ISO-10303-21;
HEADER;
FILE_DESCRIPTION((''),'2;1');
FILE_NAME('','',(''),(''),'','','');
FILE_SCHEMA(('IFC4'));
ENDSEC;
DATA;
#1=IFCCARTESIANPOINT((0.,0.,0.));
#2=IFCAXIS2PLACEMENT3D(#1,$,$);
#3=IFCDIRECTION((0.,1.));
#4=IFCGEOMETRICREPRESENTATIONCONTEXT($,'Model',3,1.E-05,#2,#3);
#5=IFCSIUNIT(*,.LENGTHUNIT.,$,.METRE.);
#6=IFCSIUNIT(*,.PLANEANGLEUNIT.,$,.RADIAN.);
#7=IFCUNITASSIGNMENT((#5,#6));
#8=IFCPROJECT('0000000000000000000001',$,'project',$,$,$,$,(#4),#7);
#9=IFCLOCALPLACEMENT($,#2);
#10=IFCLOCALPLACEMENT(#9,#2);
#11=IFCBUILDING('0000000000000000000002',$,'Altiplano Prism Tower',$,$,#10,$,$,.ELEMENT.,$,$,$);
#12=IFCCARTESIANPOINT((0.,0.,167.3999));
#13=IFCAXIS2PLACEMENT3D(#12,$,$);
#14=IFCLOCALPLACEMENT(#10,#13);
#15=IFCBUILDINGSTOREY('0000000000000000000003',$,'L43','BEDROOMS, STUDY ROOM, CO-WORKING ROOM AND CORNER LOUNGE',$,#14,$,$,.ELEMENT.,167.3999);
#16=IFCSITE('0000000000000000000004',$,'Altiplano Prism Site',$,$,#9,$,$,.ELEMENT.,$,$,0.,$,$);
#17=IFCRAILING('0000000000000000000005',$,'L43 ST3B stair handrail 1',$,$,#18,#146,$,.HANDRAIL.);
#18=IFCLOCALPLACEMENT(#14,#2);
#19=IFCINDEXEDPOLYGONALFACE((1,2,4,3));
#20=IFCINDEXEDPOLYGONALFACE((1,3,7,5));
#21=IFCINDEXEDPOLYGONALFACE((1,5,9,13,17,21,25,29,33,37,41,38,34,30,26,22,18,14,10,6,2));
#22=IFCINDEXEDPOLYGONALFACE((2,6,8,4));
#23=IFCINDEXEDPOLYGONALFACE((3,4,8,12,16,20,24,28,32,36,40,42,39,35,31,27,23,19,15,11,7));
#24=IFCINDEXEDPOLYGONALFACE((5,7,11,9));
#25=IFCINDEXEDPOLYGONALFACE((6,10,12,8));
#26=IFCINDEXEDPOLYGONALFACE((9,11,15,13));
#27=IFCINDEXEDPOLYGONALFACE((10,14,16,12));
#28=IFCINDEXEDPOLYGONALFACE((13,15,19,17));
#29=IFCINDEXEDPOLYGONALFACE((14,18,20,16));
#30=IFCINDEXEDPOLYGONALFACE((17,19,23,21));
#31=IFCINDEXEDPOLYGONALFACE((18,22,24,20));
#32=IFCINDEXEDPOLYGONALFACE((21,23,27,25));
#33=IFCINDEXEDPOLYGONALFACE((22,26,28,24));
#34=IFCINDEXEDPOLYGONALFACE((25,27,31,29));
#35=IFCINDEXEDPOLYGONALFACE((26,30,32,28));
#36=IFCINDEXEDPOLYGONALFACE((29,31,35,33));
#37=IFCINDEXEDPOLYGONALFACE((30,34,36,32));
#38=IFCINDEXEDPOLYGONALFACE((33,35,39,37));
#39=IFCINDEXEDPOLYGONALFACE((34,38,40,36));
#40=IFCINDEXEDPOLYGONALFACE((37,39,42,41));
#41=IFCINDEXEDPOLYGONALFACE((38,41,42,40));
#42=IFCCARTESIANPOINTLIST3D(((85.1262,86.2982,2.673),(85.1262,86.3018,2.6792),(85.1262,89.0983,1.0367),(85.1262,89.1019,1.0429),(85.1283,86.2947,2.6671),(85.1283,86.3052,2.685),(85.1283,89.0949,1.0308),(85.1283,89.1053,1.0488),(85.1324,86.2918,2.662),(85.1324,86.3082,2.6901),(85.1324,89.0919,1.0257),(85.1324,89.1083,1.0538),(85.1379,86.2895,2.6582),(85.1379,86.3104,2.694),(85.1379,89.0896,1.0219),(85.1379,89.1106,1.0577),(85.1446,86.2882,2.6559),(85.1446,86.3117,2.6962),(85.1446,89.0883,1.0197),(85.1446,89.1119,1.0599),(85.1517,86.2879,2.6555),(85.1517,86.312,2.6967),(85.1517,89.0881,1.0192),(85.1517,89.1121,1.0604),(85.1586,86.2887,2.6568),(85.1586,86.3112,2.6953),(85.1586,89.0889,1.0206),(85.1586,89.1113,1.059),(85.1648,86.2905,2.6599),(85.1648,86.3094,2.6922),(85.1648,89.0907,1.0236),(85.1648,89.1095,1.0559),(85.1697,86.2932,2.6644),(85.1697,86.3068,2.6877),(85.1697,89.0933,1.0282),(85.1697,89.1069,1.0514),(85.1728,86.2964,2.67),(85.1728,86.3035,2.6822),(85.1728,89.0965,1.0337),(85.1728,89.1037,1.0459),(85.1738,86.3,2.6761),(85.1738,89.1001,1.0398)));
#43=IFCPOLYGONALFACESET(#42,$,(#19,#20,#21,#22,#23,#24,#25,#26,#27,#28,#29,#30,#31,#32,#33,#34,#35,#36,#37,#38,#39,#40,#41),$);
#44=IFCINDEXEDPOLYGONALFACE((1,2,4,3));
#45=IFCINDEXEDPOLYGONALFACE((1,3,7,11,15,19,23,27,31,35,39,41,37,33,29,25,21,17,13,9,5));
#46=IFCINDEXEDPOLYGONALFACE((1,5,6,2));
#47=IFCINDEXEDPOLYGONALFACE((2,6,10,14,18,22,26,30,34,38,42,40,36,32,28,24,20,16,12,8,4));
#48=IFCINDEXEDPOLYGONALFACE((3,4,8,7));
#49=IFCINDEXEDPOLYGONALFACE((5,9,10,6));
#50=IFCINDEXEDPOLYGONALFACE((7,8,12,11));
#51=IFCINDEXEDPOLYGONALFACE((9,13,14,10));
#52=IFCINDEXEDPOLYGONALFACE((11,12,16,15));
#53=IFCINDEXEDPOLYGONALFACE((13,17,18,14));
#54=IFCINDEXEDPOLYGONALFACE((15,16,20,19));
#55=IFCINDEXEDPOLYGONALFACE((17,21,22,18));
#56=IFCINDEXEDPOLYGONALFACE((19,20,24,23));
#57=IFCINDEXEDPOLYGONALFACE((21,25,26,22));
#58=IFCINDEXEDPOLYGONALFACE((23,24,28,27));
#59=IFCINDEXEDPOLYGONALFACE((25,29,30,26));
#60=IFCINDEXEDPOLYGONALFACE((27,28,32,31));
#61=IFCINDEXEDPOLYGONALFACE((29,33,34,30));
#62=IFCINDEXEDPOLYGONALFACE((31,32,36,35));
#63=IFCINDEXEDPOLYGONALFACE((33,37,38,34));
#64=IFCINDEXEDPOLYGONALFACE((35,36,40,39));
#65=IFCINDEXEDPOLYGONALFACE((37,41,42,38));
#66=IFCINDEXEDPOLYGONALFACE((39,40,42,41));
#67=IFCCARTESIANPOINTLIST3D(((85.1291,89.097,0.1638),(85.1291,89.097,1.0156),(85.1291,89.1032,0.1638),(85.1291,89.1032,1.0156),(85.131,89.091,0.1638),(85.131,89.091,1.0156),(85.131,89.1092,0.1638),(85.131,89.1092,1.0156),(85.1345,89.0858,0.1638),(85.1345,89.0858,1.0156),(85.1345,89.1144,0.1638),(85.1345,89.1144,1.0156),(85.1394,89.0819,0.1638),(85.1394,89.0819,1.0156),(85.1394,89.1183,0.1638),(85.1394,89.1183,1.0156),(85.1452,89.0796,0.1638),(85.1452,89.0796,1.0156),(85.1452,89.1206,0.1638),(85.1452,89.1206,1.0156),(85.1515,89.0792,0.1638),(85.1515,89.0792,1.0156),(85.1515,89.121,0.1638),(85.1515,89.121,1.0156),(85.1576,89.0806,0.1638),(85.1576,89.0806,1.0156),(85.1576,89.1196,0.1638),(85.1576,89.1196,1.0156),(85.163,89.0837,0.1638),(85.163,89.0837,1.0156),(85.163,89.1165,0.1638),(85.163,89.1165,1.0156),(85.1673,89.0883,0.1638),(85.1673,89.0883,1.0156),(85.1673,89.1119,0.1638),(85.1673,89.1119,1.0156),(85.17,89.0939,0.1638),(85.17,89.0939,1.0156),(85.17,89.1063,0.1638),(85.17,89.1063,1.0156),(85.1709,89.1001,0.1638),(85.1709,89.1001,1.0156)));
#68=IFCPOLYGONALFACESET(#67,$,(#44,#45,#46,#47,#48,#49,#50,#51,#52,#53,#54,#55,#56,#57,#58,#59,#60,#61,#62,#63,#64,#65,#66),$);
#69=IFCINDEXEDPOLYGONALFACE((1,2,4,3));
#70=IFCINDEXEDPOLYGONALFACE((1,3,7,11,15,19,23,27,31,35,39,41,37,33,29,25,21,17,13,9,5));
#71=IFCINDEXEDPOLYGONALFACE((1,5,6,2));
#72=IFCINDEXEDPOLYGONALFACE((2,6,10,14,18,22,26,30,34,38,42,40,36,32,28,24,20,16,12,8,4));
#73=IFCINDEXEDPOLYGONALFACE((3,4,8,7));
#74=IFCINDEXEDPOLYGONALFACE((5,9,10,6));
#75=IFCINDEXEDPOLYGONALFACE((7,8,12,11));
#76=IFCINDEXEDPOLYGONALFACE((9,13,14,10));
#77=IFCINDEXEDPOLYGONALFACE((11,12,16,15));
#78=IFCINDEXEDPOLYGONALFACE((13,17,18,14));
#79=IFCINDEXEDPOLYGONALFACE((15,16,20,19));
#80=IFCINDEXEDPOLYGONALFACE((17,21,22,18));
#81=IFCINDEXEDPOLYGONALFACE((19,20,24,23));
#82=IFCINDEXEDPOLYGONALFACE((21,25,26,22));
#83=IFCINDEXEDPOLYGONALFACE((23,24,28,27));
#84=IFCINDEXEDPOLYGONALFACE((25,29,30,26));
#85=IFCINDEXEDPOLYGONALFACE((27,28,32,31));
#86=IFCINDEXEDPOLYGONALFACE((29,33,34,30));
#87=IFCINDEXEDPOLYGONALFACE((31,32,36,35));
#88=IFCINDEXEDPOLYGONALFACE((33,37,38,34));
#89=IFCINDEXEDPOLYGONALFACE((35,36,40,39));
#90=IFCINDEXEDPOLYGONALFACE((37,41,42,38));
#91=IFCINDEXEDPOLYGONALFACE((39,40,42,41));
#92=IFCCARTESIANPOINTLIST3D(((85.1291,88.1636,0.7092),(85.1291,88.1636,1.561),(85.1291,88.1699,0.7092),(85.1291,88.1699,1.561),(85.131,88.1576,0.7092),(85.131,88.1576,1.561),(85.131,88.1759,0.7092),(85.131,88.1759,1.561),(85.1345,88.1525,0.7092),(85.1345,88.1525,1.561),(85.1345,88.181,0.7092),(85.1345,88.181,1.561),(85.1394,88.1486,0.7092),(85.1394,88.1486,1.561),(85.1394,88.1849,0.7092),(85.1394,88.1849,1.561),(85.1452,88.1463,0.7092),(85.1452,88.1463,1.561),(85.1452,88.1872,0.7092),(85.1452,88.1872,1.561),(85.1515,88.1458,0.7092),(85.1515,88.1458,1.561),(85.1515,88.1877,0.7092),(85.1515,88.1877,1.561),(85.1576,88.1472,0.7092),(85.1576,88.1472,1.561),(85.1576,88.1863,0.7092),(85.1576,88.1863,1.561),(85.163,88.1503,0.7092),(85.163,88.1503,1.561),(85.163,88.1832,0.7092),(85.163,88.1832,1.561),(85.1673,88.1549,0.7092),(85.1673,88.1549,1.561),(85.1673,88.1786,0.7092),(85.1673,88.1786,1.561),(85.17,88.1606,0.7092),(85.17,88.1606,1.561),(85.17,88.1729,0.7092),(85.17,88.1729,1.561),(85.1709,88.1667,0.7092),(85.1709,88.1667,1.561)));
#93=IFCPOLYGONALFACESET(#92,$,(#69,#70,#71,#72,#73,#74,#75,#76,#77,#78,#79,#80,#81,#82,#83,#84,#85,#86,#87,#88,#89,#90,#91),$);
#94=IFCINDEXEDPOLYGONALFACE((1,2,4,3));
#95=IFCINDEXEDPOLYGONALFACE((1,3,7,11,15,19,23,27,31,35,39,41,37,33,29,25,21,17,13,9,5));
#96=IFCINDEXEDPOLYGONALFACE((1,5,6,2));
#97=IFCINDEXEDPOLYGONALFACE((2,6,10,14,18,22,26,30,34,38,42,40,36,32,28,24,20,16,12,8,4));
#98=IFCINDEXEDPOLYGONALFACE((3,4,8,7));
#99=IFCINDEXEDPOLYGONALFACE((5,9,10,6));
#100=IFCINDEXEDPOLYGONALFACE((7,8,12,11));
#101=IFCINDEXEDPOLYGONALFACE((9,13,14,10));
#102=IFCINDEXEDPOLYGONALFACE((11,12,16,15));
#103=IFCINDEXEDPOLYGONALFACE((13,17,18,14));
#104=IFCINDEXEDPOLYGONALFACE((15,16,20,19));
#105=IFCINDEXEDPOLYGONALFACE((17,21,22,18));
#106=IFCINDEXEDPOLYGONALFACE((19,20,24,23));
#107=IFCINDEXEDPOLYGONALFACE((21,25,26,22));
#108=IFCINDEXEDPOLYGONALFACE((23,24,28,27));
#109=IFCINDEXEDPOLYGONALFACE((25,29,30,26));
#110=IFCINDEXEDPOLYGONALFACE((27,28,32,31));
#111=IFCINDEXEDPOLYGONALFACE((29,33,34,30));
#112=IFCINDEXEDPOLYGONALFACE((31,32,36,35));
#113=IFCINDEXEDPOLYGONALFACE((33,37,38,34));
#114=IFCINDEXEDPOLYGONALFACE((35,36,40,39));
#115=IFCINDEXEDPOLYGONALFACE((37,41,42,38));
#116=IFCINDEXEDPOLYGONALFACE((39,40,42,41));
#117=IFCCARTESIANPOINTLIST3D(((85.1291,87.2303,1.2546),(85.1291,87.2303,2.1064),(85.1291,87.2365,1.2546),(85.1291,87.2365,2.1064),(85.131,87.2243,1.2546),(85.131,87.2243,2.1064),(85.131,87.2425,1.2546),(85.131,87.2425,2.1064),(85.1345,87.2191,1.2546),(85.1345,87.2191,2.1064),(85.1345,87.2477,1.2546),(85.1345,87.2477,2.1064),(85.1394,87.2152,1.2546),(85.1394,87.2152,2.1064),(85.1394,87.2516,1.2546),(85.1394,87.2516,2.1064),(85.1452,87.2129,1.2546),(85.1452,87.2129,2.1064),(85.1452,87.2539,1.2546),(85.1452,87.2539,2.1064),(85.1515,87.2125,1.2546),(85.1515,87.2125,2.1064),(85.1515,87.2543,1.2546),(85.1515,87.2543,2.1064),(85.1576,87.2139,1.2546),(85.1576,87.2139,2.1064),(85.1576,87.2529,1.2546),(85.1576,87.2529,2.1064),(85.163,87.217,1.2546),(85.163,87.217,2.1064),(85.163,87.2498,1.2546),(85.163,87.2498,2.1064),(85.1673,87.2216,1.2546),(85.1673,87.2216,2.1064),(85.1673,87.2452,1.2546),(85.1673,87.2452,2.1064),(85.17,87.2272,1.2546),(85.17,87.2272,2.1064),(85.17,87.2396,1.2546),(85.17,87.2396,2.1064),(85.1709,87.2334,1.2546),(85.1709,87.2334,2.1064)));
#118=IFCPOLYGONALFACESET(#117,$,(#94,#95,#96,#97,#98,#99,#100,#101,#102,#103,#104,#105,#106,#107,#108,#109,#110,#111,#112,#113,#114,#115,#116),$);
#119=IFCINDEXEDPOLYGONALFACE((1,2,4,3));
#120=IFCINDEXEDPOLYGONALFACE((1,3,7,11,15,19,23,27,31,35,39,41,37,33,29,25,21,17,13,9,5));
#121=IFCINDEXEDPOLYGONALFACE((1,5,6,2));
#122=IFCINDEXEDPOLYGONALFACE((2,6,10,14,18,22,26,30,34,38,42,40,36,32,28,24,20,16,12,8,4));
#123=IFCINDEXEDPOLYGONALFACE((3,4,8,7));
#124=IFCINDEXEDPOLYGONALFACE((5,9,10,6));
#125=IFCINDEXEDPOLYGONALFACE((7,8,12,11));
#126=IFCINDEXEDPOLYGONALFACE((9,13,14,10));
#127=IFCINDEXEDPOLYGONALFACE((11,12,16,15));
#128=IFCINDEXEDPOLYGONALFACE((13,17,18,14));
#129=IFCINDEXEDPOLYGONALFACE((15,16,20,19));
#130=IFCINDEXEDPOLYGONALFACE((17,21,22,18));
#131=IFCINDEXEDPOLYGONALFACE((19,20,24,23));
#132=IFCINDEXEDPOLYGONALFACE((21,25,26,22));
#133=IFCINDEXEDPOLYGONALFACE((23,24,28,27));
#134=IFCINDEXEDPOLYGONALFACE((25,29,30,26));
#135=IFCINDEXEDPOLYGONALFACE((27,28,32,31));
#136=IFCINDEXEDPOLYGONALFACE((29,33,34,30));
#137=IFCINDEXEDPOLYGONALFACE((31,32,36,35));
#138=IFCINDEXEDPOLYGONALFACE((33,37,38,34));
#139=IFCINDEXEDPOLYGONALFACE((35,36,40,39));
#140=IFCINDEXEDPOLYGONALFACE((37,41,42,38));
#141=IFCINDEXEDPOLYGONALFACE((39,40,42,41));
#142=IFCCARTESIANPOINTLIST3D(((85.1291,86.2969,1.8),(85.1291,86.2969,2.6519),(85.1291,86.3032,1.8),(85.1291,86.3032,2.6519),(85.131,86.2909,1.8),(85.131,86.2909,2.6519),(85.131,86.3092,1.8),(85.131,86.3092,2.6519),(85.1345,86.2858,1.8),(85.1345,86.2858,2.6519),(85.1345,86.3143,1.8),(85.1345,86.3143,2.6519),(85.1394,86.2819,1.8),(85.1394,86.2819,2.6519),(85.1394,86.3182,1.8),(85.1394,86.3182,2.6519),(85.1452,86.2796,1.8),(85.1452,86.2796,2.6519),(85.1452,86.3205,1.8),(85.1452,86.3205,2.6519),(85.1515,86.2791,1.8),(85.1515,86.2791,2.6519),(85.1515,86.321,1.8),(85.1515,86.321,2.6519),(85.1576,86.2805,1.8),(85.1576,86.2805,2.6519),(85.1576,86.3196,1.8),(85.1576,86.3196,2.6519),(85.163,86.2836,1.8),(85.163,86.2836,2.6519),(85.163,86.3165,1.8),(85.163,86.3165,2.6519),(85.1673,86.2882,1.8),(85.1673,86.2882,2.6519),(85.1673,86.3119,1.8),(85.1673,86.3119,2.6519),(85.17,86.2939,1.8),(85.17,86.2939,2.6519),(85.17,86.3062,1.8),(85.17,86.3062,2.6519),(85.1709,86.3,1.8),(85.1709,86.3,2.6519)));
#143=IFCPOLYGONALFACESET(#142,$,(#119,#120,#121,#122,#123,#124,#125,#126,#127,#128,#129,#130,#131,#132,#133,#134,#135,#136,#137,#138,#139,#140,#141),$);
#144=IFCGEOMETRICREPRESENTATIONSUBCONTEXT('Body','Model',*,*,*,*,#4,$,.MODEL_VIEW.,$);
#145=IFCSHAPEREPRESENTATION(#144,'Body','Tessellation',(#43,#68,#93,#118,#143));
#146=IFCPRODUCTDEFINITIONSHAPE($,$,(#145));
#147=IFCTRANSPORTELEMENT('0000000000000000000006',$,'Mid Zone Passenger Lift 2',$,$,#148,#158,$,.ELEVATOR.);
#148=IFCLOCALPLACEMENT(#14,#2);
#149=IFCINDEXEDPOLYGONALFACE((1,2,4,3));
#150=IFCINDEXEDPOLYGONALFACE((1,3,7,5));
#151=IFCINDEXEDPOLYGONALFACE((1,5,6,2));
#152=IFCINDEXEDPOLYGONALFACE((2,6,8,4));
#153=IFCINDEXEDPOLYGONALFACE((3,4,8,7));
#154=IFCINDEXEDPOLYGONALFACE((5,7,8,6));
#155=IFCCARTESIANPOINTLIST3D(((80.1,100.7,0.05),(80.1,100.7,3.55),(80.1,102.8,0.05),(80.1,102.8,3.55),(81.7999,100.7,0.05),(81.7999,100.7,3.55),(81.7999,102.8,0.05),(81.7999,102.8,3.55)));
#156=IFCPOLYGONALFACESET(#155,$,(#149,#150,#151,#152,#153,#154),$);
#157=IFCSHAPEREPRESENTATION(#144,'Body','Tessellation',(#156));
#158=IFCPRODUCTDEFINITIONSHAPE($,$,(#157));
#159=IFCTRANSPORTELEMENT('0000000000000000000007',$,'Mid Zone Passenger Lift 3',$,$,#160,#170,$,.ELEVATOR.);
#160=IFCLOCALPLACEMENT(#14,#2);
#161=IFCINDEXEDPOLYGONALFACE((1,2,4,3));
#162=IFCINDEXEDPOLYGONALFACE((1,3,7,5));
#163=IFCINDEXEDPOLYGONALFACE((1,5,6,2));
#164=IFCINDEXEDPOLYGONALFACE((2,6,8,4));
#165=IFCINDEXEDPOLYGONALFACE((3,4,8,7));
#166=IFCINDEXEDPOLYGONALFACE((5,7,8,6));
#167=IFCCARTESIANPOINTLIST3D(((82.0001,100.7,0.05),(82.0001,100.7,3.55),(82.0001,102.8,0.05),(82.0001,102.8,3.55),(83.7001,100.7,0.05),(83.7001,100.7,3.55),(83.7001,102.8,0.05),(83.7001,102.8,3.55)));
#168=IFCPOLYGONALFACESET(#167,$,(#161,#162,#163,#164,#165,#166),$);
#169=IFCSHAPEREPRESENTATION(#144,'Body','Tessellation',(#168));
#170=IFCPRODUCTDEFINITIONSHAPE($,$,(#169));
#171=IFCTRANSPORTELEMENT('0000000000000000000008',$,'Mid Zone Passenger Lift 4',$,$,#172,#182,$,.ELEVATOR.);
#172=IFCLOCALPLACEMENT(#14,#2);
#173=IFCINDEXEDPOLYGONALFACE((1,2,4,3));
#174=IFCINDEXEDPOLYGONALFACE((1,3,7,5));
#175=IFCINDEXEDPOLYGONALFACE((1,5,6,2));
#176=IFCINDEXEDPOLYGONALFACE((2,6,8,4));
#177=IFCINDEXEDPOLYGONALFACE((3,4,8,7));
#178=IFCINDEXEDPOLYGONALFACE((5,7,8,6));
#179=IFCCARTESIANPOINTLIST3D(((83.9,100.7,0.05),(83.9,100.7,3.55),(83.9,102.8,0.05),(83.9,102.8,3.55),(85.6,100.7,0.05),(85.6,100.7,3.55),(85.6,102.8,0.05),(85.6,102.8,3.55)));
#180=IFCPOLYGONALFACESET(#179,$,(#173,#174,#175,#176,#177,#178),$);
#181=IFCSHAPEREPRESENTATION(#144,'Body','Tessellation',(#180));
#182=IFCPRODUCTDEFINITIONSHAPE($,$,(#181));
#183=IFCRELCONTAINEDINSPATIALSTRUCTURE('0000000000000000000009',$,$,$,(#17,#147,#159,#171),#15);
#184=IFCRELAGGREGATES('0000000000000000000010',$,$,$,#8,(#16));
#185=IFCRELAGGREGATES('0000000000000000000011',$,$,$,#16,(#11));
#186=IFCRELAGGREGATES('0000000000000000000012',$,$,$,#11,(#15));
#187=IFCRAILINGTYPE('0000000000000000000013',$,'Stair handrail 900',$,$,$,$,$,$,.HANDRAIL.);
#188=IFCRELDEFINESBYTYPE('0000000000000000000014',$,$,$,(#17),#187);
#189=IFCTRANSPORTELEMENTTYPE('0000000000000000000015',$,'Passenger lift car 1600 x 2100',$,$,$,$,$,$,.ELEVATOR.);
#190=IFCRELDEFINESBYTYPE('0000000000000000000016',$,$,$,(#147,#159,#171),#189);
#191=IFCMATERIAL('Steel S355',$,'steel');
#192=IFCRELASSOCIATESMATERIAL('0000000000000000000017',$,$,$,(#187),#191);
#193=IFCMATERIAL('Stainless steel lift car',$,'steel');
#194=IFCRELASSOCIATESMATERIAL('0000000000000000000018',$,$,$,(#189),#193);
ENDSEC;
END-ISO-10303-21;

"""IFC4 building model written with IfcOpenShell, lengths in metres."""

from ifc_helpers import new_model, si_unit, direction, frame, origin, origin_2d, place, context, subcontext, project, spatial, rectangle, circle, extrude, material, type_object, element, save


model = new_model("IFC4")

# Units and contexts
model_context = context("Model", 3, precision=1e-05, world=origin(), true_north=direction((0.0, 1.0)))
body_context = subcontext(model_context, "Body", "Model", "MODEL_VIEW")
ifc_project = project(units=[si_unit("LENGTHUNIT", "METRE"), si_unit("PLANEANGLEUNIT", "RADIAN")], contexts=[model_context])

# Site, building, storey
site_placement = place(None, origin())
site = spatial("IfcSite", under=ifc_project, at=site_placement, Name="Altiplano Prism Site", CompositionType="ELEMENT", RefElevation=0.0)
building_placement = place(site_placement, origin())
building = spatial("IfcBuilding", under=site, at=building_placement, Name="Altiplano Prism Tower", CompositionType="ELEMENT")
storey_placement = place(building_placement, frame((0.0, 0.0, 167.3999)))
storey = spatial("IfcBuildingStorey", under=building, at=storey_placement, Name="L43", Description="BEDROOMS, STUDY ROOM, CO-WORKING ROOM AND CORNER LOUNGE", CompositionType="ELEMENT", Elevation=167.3999)

# Railing
ifc_material_1 = material(Name="Steel S355", Category="steel")
railing_type_1 = type_object("IfcRailingType", Name="Stair handrail 900", PredefinedType="HANDRAIL", material=ifc_material_1)
for number, where, name in (
    (1, (85.1499, 89.1001, 0.1638), "L43 ST3B stair handrail 1"),
):
    element("IfcRailing", number, at=place(storey_placement, frame(where)), inside=storey, type_object=railing_type_1, Name=name, PredefinedType="HANDRAIL", context=body_context, shape_type="SweptSolid", body=[
        extrude(circle(Radius=0.0239, at=origin_2d()), frame((0.0, 0.0, 0.876), z_axis=(0.0, -0.863394, 0.504531), x_axis=(1.0, 0.0, 0.0)), (0.0, 0.0, 1.0), 3.2432),
        extrude(circle(Radius=0.021, at=origin_2d()), origin(), (0.0, 0.0, 1.0), 0.8518),
        extrude(circle(Radius=0.021, at=origin_2d()), frame((0.0, -0.9333, 0.5454)), (0.0, 0.0, 1.0), 0.8518),
        extrude(circle(Radius=0.021, at=origin_2d()), frame((0.0, -1.8667, 1.0908)), (0.0, 0.0, 1.0), 0.8518),
        extrude(circle(Radius=0.021, at=origin_2d()), frame((0.0, -2.8, 1.6362)), (0.0, 0.0, 1.0), 0.8518),
    ])

# Transport elements
ifc_material_2 = material(Name="Stainless steel lift car", Category="steel")
transport_element_type = type_object("IfcTransportElementType", Name="Passenger lift car 1600 x 2100", PredefinedType="ELEVATOR", material=ifc_material_2)
for number, where, z_axis, x_axis, name in (
    (2, (80.95, 101.75, 0.05), (0.0, 0.0, 1.0), (1.0, 0.0, 0.0), "Mid Zone Passenger Lift 2"),
    (3, (82.8501, 101.75, 0.05), (0.0, 0.0, 1.0), (1.0, 0.0, 0.0), "Mid Zone Passenger Lift 3"),
    (4, (84.75, 101.75, 0.05), (0.0, 0.0, 1.0), (1.0, 0.0, 0.0), "Mid Zone Passenger Lift 4"),
):
    element("IfcTransportElement", number, at=place(storey_placement, frame(where, z_axis=z_axis, x_axis=x_axis)), inside=storey, type_object=transport_element_type, Name=name, PredefinedType="ELEVATOR", context=body_context, shape_type="SweptSolid", body=[
        extrude(rectangle(XDim=1.7, YDim=2.1001, at=origin_2d()), origin(), (0.0, 0.0, 1.0), 3.5),
    ])

save(model, "model.ifc")
